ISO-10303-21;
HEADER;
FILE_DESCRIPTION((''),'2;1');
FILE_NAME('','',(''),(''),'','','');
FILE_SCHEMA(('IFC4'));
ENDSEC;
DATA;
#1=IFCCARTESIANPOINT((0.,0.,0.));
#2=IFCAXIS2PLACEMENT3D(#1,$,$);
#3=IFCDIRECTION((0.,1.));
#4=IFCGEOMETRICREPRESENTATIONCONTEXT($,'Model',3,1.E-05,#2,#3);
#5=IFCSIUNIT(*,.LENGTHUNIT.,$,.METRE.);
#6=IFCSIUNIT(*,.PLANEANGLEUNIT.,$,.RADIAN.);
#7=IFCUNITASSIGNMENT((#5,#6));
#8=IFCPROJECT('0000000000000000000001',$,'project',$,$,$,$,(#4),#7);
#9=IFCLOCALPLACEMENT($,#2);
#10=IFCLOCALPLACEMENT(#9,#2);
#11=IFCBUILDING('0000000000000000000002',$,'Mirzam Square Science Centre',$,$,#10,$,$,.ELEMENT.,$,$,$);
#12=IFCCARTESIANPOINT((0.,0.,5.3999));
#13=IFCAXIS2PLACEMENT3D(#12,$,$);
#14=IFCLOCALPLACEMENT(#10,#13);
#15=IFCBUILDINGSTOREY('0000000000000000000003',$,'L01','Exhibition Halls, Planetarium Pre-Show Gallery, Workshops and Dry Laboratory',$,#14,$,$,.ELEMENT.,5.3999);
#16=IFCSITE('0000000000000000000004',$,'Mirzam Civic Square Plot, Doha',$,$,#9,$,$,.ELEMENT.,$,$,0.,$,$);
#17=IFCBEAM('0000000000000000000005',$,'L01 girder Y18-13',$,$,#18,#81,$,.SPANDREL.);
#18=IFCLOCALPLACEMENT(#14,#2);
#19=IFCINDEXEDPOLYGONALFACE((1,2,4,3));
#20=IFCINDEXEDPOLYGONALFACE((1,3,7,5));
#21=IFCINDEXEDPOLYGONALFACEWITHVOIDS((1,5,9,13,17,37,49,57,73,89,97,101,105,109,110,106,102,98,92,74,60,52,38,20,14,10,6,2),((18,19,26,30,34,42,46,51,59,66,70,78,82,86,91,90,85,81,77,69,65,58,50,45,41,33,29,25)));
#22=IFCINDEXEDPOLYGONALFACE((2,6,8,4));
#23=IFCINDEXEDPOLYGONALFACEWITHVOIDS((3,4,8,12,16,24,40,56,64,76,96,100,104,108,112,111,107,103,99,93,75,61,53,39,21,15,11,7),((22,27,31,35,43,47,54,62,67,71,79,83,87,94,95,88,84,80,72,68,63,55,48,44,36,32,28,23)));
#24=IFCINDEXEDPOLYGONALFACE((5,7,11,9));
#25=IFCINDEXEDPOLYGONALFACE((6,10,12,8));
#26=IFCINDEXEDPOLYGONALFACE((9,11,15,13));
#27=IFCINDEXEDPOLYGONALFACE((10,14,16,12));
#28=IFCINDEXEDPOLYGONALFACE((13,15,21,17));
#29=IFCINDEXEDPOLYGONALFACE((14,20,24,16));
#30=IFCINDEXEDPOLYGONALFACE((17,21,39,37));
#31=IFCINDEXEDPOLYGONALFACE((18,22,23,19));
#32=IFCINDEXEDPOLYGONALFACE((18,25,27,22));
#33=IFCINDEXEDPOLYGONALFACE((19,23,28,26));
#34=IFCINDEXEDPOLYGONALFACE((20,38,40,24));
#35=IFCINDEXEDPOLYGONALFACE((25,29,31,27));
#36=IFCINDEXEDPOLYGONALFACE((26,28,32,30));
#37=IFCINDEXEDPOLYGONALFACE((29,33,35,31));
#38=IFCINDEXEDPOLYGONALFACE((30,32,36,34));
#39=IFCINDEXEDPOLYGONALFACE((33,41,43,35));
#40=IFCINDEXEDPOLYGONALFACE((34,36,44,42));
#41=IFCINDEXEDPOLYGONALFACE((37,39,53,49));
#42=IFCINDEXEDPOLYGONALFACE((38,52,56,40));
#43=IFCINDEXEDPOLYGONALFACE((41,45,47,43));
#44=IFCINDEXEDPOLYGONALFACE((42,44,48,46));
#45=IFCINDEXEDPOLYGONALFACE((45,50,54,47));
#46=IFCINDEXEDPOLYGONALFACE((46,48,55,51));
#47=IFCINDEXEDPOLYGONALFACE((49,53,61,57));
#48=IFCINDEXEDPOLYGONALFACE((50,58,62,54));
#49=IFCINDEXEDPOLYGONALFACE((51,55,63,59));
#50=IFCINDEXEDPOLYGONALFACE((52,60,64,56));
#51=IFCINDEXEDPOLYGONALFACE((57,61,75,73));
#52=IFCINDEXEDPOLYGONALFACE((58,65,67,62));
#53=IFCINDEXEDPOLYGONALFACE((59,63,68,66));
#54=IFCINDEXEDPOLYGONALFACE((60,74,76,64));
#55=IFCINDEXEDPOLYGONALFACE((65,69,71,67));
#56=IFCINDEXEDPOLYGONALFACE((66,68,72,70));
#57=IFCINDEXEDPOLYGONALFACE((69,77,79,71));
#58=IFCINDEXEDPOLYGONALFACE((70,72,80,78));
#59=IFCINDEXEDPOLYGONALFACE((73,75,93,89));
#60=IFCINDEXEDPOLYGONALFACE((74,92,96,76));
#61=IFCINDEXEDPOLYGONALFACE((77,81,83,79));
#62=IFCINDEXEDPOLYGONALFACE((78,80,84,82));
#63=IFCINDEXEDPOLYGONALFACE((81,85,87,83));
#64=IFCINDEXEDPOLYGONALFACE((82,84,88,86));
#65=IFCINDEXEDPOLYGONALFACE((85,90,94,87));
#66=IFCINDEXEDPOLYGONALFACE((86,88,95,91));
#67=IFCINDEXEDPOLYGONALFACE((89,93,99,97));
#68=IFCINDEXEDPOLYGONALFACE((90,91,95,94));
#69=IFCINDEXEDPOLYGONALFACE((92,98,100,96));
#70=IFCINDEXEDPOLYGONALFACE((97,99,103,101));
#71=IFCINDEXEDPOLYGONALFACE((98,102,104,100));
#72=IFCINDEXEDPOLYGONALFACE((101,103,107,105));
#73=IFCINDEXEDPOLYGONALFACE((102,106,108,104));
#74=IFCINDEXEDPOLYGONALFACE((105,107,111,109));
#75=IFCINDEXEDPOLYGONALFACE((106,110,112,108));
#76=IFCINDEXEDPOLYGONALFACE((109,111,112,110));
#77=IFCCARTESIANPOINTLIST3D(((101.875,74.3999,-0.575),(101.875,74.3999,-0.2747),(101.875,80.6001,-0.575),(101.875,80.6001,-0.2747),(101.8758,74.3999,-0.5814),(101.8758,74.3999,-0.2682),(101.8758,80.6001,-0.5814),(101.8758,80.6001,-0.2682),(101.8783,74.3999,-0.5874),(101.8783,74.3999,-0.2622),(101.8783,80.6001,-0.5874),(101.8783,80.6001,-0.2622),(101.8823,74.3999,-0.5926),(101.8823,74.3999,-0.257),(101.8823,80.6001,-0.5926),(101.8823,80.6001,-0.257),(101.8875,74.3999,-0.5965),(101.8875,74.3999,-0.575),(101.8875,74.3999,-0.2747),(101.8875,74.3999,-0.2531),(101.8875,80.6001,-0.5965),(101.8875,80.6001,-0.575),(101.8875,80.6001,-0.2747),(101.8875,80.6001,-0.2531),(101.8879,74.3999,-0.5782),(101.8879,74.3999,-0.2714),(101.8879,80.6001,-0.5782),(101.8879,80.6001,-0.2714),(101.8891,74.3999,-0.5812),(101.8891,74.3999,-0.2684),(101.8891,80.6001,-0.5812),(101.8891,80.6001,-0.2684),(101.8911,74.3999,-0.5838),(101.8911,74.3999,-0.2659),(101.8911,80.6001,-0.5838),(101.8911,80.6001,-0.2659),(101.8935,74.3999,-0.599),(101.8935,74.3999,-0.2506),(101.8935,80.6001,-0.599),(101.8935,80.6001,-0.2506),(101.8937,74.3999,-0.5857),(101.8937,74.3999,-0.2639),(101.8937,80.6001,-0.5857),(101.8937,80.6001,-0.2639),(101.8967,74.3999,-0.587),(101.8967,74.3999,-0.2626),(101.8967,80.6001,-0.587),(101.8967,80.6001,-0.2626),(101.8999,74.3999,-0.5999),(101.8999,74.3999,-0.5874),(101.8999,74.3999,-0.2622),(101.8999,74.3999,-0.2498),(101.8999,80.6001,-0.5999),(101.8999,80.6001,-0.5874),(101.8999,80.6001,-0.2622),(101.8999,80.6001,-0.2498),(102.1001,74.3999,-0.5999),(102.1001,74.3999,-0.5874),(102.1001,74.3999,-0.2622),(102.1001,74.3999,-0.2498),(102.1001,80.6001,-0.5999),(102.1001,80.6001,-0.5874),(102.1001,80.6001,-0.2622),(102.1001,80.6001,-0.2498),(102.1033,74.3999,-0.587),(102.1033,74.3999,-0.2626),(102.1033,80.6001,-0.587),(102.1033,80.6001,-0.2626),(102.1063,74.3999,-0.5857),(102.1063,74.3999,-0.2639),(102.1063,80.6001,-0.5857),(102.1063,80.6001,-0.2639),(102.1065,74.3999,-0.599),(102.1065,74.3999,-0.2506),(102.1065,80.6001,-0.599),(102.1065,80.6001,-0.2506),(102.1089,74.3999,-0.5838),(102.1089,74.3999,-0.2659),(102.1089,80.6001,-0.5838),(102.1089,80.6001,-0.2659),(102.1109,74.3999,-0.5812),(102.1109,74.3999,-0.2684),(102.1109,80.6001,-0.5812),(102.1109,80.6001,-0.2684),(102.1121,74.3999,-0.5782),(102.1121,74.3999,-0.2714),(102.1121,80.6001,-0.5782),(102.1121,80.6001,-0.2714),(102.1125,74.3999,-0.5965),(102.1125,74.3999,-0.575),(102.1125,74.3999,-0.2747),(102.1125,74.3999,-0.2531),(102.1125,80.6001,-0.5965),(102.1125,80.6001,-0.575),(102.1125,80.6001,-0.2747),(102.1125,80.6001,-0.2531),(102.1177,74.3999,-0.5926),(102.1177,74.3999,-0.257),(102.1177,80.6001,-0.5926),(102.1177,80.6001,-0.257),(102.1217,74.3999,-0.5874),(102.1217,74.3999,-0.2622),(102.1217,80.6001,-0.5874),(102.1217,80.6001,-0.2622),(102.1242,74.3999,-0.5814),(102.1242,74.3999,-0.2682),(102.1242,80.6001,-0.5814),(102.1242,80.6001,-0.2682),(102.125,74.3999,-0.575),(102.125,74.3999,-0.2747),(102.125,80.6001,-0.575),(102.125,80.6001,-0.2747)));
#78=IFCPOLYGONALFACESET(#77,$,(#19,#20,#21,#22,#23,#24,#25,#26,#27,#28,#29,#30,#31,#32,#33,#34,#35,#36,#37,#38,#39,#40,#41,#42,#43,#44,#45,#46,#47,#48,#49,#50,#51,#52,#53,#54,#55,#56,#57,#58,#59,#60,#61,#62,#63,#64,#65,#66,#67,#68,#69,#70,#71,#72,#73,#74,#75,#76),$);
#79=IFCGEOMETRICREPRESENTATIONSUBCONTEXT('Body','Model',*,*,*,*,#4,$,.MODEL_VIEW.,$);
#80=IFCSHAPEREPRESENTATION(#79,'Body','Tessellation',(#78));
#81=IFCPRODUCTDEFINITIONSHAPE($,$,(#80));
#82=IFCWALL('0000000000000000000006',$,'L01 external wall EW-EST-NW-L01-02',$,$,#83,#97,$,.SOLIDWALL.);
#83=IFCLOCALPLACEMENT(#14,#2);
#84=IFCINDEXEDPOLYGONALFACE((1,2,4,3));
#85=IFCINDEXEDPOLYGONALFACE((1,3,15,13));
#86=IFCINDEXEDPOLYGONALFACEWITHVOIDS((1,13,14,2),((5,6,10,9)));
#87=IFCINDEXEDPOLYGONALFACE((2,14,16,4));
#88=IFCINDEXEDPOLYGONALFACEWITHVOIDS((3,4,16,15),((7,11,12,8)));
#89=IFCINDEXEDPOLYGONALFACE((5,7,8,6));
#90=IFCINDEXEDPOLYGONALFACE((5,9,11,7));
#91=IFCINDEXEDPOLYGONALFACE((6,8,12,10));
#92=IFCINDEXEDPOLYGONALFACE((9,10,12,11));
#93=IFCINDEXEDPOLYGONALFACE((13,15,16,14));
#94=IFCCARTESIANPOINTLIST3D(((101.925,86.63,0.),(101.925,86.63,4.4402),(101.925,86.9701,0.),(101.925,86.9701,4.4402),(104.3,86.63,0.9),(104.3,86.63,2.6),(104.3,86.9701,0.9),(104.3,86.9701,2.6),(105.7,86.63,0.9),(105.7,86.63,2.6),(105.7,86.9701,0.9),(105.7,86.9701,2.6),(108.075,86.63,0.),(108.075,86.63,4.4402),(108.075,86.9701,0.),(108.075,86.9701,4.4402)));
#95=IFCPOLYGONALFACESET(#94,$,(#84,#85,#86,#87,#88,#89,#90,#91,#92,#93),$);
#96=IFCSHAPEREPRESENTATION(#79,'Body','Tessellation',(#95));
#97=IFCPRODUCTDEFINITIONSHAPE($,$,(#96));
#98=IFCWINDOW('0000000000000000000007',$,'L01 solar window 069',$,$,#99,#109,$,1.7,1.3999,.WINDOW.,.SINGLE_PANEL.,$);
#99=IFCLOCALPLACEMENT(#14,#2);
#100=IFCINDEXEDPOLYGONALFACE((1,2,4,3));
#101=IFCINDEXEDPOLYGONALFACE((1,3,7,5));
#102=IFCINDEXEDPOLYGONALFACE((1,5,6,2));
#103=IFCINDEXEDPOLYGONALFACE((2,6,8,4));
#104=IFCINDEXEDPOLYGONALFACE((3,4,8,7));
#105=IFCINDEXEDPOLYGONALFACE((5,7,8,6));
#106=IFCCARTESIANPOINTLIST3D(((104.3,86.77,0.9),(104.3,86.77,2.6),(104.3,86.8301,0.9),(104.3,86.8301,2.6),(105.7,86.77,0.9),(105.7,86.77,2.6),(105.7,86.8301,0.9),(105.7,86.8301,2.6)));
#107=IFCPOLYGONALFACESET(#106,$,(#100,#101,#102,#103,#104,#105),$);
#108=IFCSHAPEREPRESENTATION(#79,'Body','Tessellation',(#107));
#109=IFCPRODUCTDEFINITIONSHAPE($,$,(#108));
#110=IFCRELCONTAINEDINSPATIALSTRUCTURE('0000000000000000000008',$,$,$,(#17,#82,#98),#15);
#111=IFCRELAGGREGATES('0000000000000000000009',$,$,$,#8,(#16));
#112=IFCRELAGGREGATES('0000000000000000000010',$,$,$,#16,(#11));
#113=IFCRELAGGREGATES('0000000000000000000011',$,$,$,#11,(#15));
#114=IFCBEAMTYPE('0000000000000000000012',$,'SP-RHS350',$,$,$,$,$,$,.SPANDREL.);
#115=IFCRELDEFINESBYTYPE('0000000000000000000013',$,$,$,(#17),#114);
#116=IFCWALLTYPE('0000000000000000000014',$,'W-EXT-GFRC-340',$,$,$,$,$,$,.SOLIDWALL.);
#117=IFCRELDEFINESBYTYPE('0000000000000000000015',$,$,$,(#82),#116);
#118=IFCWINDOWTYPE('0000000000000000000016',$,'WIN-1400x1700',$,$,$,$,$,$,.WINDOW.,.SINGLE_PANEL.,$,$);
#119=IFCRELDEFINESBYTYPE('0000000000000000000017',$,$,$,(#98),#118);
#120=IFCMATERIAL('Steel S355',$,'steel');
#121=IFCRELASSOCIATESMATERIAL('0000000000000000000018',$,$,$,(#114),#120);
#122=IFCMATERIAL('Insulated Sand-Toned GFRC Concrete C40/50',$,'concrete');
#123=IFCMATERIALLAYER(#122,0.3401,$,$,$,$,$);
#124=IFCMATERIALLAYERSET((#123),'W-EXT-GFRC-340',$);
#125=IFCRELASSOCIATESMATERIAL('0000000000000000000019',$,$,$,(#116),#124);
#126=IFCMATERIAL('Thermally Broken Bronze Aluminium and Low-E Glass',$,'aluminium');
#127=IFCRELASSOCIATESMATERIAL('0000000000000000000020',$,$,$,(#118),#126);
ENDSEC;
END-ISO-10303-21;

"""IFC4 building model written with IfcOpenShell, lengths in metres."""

from ifc_helpers import new_model, si_unit, direction, frame, frame_2d, origin, origin_2d, place, context, subcontext, project, spatial, rectangle, hollow_rectangle, extrude, material, layer, layer_set, material_profile, profile_set, type_object, element, fill, save


model = new_model("IFC4")

# Units and contexts
model_context = context("Model", 3, precision=1e-05, world=origin(), true_north=direction((0.0, 1.0)))
body_context = subcontext(model_context, "Body", "Model", "MODEL_VIEW")
ifc_project = project(units=[si_unit("LENGTHUNIT", "METRE"), si_unit("PLANEANGLEUNIT", "RADIAN")], contexts=[model_context])

# Site, building, storey
site_placement = place(None, origin())
site = spatial("IfcSite", under=ifc_project, at=site_placement, Name="Mirzam Civic Square Plot, Doha", CompositionType="ELEMENT", RefElevation=0.0)
building_placement = place(site_placement, origin())
building = spatial("IfcBuilding", under=site, at=building_placement, Name="Mirzam Square Science Centre", CompositionType="ELEMENT")
storey_placement = place(building_placement, frame((0.0, 0.0, 5.3999)))
storey = spatial("IfcBuildingStorey", under=building, at=storey_placement, Name="L01", Description="Exhibition Halls, Planetarium Pre-Show Gallery, Workshops and Dry Laboratory", CompositionType="ELEMENT", Elevation=5.3999)

# Shared definitions
ifc_material_1 = material(Name="Steel S355", Category="steel")

# Beam
ifc_material_profile_1 = material_profile(ifc_material_1, hollow_rectangle(XDim=0.25, YDim=0.3501, WallThickness=0.0125, InnerFilletRadius=0.0125, OuterFilletRadius=0.0249, at=origin_2d()), Name="350x250x12.5RHS")
ifc_profile_set_1 = profile_set([ifc_material_profile_1], Name="Steel S355")
beam_type_1 = type_object("IfcBeamType", Name="SP-RHS350", PredefinedType="SPANDREL", material=ifc_profile_set_1)
beam_1_placement = place(storey_placement, frame((102.0, 74.3999, -0.4248), z_axis=(0.0, 1.0, 0.0), x_axis=(-1.0, 0.0, 0.0)))
element("IfcBeam", 1, at=beam_1_placement, inside=storey, type_object=beam_type_1, Name="L01 girder Y18-13", PredefinedType="SPANDREL", context=body_context, shape_type="SweptSolid", body=[
    extrude(hollow_rectangle(XDim=0.25, YDim=0.3501, WallThickness=0.0125, InnerFilletRadius=0.0125, OuterFilletRadius=0.0249, at=origin_2d()), origin(), (0.0, 0.0, 1.0), 6.2002),
])

# Wall, opening, window
ifc_material_2 = material(Name="Insulated Sand-Toned GFRC Concrete C40/50", Category="concrete")
ifc_layer_1 = layer(ifc_material_2, 0.3401)
ifc_layer_set_1 = layer_set([ifc_layer_1], Name="W-EXT-GFRC-340")
wall_type = type_object("IfcWallType", Name="W-EXT-GFRC-340", PredefinedType="SOLIDWALL", material=ifc_layer_set_1)
wall_placement = place(storey_placement, frame((108.075, 86.8, 0.0), z_axis=(0.0, 0.0, 1.0), x_axis=(-1.0, 0.0, 0.0)))
wall = element("IfcWall", 2, at=wall_placement, inside=storey, type_object=wall_type, Name="L01 external wall EW-EST-NW-L01-02", PredefinedType="SOLIDWALL", context=body_context, shape_type="SweptSolid", body=[
    extrude(rectangle(XDim=6.1499, YDim=0.3401, at=frame_2d((3.075, 0.0))), origin(), (0.0, 0.0, 1.0), 4.4402),
])
opening_placement = place(wall_placement, frame((2.375, 0.0, 0.8999)))
opening = element("IfcOpeningElement", 3, at=opening_placement, cuts=wall, PredefinedType="OPENING", context=body_context, shape_type="SweptSolid", body=[
    extrude(rectangle(XDim=1.3999, YDim=1.7, at=frame_2d((0.7, 0.8501))), frame((0.0, 0.1799, 0.0), z_axis=(0.0, -1.0, 0.0), x_axis=(1.0, 0.0, 0.0)), (0.0, 0.0, 1.0), 0.3601),
])
ifc_material_3 = material(Name="Thermally Broken Bronze Aluminium and Low-E Glass", Category="aluminium")
window_type = type_object("IfcWindowType", Name="WIN-1400x1700", PartitioningType="SINGLE_PANEL", PredefinedType="WINDOW", material=ifc_material_3)
window_placement = place(opening_placement, origin())
window = element("IfcWindow", 4, at=window_placement, inside=storey, type_object=window_type, Name="L01 solar window 069", OverallHeight=1.7, OverallWidth=1.3999, PartitioningType="SINGLE_PANEL", PredefinedType="WINDOW", context=body_context, shape_type="SweptSolid", body=[
    extrude(rectangle(XDim=1.3999, YDim=1.7, at=frame_2d((0.7, 0.8501))), frame((0.0, 0.03, 0.0), z_axis=(0.0, -1.0, 0.0), x_axis=(1.0, 0.0, 0.0)), (0.0, 0.0, 1.0), 0.0601),
])
fill(opening, window)

save(model, "model.ifc")
